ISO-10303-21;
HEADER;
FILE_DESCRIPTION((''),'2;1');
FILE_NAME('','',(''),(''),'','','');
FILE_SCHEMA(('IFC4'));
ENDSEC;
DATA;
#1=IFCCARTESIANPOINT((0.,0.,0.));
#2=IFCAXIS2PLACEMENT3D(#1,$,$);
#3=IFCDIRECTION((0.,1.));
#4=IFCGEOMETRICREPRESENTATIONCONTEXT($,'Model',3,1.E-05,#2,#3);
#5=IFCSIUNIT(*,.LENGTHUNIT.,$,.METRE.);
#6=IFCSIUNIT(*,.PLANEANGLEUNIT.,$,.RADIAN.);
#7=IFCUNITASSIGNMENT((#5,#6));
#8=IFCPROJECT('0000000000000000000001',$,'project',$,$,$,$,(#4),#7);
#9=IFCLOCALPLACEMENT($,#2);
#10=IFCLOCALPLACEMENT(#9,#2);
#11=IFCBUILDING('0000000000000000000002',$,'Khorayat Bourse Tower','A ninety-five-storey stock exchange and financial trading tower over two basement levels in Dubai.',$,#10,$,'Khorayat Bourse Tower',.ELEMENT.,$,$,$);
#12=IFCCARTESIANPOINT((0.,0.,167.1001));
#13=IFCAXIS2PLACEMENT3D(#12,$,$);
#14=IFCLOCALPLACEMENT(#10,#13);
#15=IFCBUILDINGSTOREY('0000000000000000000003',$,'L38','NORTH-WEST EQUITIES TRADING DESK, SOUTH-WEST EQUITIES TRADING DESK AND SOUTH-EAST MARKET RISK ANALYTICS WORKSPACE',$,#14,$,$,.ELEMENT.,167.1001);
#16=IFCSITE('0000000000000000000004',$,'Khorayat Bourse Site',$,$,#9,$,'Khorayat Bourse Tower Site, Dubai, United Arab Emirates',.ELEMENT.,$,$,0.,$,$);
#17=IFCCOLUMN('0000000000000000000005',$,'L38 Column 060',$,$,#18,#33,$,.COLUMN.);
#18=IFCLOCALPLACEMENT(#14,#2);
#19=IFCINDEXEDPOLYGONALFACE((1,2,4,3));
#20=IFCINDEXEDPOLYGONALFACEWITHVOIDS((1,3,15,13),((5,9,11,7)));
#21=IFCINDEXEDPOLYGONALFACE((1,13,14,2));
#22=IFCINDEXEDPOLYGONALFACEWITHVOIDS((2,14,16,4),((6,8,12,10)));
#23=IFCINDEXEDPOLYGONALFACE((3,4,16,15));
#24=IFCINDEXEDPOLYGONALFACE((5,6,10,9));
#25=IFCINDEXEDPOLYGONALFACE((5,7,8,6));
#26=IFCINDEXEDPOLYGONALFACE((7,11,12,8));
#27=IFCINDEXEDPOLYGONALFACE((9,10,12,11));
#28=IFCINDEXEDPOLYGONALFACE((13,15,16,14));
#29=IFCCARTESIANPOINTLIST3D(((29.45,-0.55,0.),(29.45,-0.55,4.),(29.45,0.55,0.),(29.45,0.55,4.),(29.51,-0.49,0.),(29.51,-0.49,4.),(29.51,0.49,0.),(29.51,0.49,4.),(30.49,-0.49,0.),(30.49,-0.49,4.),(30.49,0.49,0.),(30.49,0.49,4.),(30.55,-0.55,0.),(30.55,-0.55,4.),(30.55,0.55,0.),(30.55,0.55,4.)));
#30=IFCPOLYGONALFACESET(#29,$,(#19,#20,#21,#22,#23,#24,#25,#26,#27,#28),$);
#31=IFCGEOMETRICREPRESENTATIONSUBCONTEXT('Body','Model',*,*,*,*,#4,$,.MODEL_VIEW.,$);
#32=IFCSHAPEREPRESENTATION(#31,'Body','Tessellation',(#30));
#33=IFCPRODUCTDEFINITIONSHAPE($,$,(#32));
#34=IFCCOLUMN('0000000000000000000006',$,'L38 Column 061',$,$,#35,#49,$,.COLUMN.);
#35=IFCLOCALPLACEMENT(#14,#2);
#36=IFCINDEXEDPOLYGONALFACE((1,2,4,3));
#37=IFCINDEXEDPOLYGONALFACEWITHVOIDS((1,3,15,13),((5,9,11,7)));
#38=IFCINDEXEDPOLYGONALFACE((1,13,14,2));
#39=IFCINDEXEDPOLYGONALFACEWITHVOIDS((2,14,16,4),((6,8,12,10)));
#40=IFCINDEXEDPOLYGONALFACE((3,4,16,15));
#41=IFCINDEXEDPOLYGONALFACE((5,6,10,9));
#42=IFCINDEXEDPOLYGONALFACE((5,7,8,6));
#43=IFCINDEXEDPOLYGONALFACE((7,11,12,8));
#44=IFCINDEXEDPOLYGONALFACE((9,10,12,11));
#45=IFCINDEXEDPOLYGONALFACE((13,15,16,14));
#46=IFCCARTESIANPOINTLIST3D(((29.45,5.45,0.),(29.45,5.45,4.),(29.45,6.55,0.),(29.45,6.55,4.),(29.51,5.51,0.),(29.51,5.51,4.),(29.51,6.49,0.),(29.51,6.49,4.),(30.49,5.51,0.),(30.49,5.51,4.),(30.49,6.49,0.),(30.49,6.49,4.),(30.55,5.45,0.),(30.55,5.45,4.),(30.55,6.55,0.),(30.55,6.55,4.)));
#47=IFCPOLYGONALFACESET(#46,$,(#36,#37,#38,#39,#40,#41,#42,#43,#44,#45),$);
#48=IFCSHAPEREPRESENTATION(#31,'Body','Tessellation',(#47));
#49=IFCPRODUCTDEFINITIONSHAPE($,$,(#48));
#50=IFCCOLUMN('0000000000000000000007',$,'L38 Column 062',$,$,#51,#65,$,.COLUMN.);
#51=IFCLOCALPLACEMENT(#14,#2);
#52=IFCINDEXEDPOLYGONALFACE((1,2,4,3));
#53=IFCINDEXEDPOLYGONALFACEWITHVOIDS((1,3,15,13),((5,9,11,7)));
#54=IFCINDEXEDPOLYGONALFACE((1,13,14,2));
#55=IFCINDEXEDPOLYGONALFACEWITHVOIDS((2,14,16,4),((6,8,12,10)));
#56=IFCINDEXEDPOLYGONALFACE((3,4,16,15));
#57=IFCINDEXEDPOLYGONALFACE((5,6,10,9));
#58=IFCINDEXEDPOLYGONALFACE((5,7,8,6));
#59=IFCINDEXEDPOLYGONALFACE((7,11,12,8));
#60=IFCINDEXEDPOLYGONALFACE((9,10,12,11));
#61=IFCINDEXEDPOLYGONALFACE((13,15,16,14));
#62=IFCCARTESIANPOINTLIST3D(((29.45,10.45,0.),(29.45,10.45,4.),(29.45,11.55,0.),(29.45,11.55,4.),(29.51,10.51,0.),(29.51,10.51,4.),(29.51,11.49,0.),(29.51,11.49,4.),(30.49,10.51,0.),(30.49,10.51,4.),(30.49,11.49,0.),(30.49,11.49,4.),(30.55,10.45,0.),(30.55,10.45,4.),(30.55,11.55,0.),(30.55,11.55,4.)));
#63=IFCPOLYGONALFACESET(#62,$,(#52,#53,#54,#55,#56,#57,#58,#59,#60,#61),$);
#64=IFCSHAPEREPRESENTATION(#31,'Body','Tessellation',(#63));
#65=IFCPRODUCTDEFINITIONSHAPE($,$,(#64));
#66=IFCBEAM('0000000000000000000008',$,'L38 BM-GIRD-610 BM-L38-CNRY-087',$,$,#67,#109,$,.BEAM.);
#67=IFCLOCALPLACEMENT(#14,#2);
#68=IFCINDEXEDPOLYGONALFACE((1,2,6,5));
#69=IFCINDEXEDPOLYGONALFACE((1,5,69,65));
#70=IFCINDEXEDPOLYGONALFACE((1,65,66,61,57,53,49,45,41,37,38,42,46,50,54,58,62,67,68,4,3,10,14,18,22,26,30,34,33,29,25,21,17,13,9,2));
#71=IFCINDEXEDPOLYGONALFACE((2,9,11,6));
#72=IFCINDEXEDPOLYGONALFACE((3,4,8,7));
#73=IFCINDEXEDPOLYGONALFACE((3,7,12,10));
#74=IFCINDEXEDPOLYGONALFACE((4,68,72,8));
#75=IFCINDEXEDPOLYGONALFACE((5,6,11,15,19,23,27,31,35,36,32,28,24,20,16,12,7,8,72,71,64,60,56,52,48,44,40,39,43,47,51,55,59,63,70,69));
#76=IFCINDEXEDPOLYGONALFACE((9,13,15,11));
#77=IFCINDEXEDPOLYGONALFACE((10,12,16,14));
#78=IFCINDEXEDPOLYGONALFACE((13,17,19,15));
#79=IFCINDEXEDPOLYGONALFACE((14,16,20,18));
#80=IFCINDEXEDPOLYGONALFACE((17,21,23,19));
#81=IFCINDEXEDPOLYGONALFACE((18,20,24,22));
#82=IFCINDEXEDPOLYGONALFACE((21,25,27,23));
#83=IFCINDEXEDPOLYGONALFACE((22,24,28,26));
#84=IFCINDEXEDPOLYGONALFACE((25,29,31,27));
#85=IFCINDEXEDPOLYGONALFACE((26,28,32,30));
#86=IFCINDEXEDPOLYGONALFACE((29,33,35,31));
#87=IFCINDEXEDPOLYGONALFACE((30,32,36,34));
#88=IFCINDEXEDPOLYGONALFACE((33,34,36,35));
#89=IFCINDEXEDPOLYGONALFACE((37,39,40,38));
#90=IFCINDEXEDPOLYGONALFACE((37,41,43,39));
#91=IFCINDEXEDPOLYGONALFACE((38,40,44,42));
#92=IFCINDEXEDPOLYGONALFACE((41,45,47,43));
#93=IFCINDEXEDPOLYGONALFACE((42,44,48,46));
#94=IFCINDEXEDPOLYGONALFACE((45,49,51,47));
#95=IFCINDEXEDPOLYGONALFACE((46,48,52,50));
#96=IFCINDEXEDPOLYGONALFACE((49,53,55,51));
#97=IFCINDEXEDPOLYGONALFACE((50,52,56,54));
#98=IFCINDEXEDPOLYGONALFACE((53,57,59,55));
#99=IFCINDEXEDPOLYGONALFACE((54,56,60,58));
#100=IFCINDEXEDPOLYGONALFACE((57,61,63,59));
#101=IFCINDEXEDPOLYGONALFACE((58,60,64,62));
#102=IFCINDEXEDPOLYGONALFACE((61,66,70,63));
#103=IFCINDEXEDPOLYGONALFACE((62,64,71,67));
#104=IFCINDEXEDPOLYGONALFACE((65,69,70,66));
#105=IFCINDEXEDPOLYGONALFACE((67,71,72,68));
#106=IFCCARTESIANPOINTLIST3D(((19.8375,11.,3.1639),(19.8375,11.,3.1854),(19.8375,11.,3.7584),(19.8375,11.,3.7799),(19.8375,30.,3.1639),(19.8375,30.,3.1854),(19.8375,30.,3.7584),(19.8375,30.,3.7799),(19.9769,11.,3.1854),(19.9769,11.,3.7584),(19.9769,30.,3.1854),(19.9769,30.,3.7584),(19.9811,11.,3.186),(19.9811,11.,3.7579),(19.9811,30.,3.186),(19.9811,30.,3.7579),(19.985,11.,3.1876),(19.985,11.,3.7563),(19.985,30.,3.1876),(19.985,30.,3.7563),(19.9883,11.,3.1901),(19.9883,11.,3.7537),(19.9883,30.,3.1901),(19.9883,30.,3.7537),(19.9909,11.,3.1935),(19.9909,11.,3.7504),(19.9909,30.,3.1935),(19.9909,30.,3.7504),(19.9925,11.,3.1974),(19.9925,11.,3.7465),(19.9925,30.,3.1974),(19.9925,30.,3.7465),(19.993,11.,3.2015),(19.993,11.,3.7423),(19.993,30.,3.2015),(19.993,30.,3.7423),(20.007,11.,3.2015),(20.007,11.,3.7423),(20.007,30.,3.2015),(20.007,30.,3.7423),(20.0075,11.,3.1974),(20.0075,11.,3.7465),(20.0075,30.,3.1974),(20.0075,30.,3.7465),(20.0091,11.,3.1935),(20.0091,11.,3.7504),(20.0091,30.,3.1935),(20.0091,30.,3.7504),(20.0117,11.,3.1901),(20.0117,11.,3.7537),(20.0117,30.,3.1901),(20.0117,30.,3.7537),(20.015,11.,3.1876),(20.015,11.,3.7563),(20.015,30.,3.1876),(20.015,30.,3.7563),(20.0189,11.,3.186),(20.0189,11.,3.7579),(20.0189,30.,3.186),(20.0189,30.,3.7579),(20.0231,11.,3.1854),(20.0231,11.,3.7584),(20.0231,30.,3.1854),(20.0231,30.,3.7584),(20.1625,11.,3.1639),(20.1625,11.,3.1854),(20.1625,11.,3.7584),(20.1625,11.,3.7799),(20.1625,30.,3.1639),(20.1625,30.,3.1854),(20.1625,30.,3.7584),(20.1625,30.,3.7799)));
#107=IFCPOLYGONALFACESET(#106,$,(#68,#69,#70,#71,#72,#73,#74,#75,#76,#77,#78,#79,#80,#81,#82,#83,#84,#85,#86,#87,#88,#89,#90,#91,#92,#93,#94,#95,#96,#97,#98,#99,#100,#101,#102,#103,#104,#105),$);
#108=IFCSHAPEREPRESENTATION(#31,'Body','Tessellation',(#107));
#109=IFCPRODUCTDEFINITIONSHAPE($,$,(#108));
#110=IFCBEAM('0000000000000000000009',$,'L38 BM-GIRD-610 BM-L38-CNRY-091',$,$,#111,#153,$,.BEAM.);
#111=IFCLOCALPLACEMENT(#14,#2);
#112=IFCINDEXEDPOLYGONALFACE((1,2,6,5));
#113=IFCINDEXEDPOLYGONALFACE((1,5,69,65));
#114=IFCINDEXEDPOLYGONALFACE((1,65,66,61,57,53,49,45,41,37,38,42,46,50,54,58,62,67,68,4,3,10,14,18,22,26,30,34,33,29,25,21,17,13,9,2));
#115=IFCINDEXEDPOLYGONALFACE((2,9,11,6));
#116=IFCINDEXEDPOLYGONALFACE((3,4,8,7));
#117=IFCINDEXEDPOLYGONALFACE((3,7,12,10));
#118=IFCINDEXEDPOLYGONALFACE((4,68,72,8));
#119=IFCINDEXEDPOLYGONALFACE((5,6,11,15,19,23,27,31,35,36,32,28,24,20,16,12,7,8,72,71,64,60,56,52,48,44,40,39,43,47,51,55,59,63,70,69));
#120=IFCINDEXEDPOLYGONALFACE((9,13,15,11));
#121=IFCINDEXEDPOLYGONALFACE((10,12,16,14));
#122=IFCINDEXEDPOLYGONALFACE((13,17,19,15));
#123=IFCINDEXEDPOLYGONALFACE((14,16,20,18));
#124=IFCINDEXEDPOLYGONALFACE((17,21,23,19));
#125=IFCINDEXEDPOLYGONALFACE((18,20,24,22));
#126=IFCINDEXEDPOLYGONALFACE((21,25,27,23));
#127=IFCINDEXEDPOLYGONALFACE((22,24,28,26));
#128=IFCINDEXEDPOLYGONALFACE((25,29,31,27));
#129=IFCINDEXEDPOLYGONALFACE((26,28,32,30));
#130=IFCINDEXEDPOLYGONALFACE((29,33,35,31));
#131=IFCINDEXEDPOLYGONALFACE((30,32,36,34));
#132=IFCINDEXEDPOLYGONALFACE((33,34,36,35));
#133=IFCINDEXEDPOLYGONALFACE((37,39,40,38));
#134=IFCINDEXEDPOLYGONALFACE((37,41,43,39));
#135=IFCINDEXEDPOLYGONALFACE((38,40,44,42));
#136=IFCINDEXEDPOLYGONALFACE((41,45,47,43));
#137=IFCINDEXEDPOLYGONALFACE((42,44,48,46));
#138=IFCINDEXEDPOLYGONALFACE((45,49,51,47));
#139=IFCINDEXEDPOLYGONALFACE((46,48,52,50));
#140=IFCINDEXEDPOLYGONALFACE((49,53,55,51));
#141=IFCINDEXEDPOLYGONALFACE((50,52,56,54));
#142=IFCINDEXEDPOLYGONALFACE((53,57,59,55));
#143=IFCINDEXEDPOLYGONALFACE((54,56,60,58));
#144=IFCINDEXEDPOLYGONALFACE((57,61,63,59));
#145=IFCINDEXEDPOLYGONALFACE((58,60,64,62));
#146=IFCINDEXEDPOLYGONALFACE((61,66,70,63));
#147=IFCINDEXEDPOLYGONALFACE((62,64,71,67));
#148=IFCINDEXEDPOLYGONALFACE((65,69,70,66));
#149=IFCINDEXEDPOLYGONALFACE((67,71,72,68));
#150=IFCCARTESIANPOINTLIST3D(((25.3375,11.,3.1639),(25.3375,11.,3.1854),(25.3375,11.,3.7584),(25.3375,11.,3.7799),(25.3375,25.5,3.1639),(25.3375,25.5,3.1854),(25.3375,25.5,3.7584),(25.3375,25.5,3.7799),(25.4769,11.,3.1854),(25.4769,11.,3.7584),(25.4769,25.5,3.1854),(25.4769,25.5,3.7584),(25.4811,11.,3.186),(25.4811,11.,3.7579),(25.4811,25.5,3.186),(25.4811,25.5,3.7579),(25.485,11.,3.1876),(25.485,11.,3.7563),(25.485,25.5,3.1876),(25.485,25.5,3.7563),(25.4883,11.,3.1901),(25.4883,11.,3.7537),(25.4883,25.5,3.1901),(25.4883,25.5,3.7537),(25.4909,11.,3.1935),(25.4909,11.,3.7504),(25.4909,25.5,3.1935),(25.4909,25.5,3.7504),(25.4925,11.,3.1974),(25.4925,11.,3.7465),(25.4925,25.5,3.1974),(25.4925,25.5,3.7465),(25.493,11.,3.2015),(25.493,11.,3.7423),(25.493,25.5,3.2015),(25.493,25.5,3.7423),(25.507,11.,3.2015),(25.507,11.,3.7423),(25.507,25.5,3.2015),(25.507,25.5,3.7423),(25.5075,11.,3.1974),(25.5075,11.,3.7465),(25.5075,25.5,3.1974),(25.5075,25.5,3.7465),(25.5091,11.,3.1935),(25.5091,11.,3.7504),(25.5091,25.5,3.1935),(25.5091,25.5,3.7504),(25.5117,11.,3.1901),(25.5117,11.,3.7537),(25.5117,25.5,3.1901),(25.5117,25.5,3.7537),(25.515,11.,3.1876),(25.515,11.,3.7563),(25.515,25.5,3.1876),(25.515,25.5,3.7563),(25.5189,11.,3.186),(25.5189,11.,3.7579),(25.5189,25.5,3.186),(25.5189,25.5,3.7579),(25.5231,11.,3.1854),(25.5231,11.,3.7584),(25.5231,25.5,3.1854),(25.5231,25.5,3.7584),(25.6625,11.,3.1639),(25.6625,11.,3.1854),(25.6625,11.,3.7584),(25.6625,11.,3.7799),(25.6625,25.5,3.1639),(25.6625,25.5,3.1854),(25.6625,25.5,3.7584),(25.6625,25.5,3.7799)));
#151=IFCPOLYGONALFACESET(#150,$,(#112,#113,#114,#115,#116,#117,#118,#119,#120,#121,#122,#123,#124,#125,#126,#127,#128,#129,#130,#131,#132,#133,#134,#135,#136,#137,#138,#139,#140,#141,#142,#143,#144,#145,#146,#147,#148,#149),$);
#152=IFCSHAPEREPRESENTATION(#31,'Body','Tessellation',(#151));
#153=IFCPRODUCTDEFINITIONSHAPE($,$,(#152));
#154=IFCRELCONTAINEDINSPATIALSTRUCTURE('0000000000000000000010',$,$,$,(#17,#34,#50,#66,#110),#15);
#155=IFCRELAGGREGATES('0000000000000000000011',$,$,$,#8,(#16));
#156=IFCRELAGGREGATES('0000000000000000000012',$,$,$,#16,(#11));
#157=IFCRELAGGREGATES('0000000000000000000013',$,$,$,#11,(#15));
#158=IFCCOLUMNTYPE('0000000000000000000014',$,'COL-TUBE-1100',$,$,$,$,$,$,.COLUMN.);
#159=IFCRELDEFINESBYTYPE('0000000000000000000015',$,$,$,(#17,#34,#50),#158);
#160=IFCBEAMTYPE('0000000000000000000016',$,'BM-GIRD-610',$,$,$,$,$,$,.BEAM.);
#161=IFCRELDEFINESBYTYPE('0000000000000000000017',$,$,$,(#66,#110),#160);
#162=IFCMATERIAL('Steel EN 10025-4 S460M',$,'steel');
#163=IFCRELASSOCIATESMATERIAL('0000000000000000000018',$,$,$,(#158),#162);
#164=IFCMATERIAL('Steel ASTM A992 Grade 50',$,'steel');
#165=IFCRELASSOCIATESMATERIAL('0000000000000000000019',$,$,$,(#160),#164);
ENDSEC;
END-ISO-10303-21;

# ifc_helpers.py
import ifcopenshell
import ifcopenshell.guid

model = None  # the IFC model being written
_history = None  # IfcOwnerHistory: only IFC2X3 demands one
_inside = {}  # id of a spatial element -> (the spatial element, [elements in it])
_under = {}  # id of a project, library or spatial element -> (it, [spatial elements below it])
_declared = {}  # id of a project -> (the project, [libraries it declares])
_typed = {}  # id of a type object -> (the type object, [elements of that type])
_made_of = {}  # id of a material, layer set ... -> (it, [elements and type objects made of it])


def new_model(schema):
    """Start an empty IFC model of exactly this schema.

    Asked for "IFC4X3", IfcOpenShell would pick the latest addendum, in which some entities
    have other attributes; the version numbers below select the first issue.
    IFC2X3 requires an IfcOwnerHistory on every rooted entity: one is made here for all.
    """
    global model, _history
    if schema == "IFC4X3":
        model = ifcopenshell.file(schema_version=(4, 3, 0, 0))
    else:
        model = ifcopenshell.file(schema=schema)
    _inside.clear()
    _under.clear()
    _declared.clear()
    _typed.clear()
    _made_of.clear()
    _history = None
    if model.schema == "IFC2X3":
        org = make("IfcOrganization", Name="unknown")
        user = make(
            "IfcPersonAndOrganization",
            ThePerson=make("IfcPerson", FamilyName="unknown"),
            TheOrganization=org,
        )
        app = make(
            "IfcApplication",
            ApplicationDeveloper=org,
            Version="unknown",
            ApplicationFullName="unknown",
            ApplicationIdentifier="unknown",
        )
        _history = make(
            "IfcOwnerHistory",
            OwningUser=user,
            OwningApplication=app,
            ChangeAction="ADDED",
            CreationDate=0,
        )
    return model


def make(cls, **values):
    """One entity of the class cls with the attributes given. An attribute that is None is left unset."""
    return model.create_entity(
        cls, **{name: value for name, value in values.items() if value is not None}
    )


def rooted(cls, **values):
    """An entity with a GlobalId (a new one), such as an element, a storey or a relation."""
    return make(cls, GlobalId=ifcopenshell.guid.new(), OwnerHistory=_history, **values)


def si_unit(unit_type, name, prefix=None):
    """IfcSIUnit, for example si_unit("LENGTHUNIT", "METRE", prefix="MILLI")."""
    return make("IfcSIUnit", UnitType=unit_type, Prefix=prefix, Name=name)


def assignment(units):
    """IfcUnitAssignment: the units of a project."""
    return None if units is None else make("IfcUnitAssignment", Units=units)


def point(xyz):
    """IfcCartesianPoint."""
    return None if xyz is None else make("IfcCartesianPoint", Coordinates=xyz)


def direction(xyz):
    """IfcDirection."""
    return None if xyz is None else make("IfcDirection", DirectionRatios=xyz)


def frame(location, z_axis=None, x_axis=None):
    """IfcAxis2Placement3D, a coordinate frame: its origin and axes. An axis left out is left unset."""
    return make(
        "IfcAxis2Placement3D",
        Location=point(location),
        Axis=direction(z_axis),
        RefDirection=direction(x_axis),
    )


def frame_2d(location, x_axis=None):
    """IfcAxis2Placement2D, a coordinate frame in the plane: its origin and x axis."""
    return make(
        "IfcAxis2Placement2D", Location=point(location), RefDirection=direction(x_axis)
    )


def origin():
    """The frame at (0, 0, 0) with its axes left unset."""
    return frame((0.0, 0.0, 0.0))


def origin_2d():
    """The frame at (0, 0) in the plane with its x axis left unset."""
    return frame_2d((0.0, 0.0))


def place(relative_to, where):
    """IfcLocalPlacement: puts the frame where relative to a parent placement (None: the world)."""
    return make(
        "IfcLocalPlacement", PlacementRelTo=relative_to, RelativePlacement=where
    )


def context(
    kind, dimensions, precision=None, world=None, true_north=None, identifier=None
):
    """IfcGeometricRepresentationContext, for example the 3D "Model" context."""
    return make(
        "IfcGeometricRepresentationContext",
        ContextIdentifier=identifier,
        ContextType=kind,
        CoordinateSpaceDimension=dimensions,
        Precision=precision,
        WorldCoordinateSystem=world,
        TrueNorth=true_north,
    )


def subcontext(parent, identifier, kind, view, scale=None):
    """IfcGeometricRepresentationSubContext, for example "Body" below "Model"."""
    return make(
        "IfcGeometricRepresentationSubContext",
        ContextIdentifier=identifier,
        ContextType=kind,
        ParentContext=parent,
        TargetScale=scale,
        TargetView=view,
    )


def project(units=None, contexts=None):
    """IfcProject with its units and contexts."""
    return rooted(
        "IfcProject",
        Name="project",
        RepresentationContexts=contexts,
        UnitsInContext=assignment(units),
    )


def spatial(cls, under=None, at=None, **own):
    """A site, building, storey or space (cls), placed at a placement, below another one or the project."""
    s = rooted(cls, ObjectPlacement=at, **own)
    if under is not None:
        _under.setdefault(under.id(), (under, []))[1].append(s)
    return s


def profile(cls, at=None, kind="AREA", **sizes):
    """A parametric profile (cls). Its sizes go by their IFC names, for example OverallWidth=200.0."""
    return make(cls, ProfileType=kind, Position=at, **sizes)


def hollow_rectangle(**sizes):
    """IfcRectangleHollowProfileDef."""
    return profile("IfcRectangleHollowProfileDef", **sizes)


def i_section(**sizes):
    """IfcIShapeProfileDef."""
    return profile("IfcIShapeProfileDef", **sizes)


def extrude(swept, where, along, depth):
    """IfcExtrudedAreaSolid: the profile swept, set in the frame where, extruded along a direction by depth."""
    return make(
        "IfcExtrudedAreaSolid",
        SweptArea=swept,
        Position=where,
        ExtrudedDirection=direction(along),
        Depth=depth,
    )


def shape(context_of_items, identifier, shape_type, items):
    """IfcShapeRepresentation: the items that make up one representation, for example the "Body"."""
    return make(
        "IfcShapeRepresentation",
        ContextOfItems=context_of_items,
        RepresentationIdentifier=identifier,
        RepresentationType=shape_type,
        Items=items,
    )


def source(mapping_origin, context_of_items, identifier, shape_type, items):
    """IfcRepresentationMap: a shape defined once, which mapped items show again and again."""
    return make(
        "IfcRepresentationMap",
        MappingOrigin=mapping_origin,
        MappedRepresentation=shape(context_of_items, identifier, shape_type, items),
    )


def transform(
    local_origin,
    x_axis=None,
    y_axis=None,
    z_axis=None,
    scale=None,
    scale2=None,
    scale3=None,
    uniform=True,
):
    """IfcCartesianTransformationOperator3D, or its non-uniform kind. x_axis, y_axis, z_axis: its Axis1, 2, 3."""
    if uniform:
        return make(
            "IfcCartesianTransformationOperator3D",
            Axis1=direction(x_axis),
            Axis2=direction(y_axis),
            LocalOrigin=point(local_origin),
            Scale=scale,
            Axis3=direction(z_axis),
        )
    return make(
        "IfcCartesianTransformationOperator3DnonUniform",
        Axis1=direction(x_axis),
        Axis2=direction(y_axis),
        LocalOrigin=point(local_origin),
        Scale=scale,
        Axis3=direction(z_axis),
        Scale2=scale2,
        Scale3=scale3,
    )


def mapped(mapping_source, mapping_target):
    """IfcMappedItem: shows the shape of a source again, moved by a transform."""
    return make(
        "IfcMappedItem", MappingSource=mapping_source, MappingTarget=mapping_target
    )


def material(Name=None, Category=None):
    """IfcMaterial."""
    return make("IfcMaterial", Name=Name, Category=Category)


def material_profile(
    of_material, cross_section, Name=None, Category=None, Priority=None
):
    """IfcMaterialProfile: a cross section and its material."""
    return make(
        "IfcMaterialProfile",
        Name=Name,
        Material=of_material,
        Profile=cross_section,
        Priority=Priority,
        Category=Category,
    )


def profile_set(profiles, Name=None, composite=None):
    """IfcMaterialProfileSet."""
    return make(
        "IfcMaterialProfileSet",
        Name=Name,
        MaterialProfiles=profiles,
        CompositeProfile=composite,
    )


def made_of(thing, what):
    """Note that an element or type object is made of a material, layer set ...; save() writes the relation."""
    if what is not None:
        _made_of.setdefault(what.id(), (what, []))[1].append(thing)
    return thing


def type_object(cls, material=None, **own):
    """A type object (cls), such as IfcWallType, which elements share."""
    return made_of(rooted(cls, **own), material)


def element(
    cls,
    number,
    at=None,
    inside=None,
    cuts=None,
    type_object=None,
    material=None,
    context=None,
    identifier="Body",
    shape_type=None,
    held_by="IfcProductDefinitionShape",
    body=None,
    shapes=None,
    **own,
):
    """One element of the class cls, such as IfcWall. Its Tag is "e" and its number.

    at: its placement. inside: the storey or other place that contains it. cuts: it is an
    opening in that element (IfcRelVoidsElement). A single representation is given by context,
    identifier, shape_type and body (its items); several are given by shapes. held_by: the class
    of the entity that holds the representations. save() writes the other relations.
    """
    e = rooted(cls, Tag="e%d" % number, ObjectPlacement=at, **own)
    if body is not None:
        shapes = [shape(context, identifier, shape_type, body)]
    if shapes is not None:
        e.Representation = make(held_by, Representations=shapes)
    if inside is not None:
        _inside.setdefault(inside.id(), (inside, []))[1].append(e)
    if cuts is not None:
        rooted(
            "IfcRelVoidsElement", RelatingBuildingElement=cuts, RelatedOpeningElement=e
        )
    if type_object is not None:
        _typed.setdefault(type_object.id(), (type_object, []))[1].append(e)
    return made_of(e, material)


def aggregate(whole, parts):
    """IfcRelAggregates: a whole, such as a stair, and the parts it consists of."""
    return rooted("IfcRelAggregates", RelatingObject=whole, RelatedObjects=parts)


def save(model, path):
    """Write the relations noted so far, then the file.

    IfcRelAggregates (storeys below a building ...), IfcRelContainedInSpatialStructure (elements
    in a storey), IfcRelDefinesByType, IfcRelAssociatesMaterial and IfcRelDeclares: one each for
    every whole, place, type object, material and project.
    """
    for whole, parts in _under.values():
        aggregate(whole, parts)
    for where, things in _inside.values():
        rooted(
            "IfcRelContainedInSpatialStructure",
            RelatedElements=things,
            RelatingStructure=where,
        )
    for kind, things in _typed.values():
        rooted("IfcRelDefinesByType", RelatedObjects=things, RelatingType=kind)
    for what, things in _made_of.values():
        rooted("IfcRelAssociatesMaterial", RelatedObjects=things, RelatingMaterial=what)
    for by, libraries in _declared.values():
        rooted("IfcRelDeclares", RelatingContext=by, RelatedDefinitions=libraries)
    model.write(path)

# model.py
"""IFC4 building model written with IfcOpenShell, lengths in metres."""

from ifc_helpers import new_model, si_unit, direction, frame, origin, origin_2d, place, context, subcontext, project, spatial, hollow_rectangle, i_section, extrude, source, transform, mapped, material, material_profile, profile_set, type_object, element, save


model = new_model("IFC4")

# Units and contexts
model_context = context("Model", 3, precision=1e-05, world=origin(), true_north=direction((0.0, 1.0)))
body_context = subcontext(model_context, "Body", "Model", "MODEL_VIEW")
ifc_project = project(units=[si_unit("LENGTHUNIT", "METRE"), si_unit("PLANEANGLEUNIT", "RADIAN")], contexts=[model_context])

# Site, building, storey
site_placement = place(None, origin())
site = spatial("IfcSite", under=ifc_project, at=site_placement, Name="Khorayat Bourse Site", LongName="Khorayat Bourse Tower Site, Dubai, United Arab Emirates", CompositionType="ELEMENT", RefElevation=0.0)
building_placement = place(site_placement, origin())
building = spatial("IfcBuilding", under=site, at=building_placement, Name="Khorayat Bourse Tower", Description="A ninety-five-storey stock exchange and financial trading tower over two basement levels in Dubai.", LongName="Khorayat Bourse Tower", CompositionType="ELEMENT")
storey_placement = place(building_placement, frame((0.0, 0.0, 167.1001)))
storey = spatial("IfcBuildingStorey", under=building, at=storey_placement, Name="L38", Description="NORTH-WEST EQUITIES TRADING DESK, SOUTH-WEST EQUITIES TRADING DESK AND SOUTH-EAST MARKET RISK ANALYTICS WORKSPACE", CompositionType="ELEMENT", Elevation=167.1001)

# Columns
ifc_material_1 = material(Name="Steel EN 10025-4 S460M", Category="steel")
ifc_material_profile_1 = material_profile(ifc_material_1, hollow_rectangle(XDim=1.1001, YDim=1.1001, WallThickness=0.0601, at=origin_2d()), Name="BOX 1100x1100x60")
ifc_profile_set_1 = profile_set([ifc_material_profile_1], Name="Steel EN 10025-4 S460M")
column_type = type_object("IfcColumnType", Name="COL-TUBE-1100", PredefinedType="COLUMN", material=ifc_profile_set_1)
shared_shape_1 = source(origin(), body_context, "Body", "SweptSolid", [
    extrude(hollow_rectangle(XDim=1.1001, YDim=1.1001, WallThickness=0.0601, at=origin_2d()), origin(), (0.0, 0.0, 1.0), 4.0),
])
for number, where, z_axis, x_axis, name in (
    (1, (30.0, 0.0, 0.0), (0.0, 0.0, 1.0), (1.0, 0.0, 0.0), "L38 Column 060"),
    (2, (30.0, 6.0, 0.0), (0.0, 0.0, 1.0), (1.0, 0.0, 0.0), "L38 Column 061"),
    (3, (30.0, 11.0, 0.0), (0.0, 0.0, 1.0), (1.0, 0.0, 0.0), "L38 Column 062"),
):
    element("IfcColumn", number, at=place(storey_placement, frame(where, z_axis=z_axis, x_axis=x_axis)), inside=storey, type_object=column_type, Name=name, PredefinedType="COLUMN", context=body_context, shape_type="MappedRepresentation", body=[
        mapped(shared_shape_1, transform((0.0, 0.0, 0.0), scale=1.0)),
    ])

# Beams
ifc_material_2 = material(Name="Steel ASTM A992 Grade 50", Category="steel")
ifc_material_profile_2 = material_profile(ifc_material_2, i_section(OverallWidth=0.325, OverallDepth=0.616, WebThickness=0.0139, FlangeThickness=0.0215, FilletRadius=0.0161, at=origin_2d()), Name="W610X174")
ifc_profile_set_2 = profile_set([ifc_material_profile_2], Name="Steel ASTM A992 Grade 50")
beam_type_1 = type_object("IfcBeamType", Name="BM-GIRD-610", PredefinedType="BEAM", material=ifc_profile_set_2)
shared_shape_2 = source(origin(), body_context, "Body", "SweptSolid", [
    extrude(i_section(OverallWidth=0.325, OverallDepth=0.616, WebThickness=0.0139, FlangeThickness=0.0215, FilletRadius=0.0161, at=origin_2d()), origin(), (0.0, 0.0, 1.0), 19.0),
])
beam_1_placement = place(storey_placement, frame((20.0, 11.0, 3.4719), z_axis=(0.0, 1.0, 0.0), x_axis=(-1.0, 0.0, 0.0)))
element("IfcBeam", 4, at=beam_1_placement, inside=storey, type_object=beam_type_1, Name="L38 BM-GIRD-610 BM-L38-CNRY-087", PredefinedType="BEAM", context=body_context, shape_type="MappedRepresentation", body=[
    mapped(shared_shape_2, transform((0.0, 0.0, 0.0), scale=1.0)),
])
shared_shape_3 = source(origin(), body_context, "Body", "SweptSolid", [
    extrude(i_section(OverallWidth=0.325, OverallDepth=0.616, WebThickness=0.0139, FlangeThickness=0.0215, FilletRadius=0.0161, at=origin_2d()), origin(), (0.0, 0.0, 1.0), 14.5),
])
beam_2_placement = place(storey_placement, frame((25.5, 11.0, 3.4719), z_axis=(0.0, 1.0, 0.0), x_axis=(-1.0, 0.0, 0.0)))
element("IfcBeam", 5, at=beam_2_placement, inside=storey, type_object=beam_type_1, Name="L38 BM-GIRD-610 BM-L38-CNRY-091", PredefinedType="BEAM", context=body_context, shape_type="MappedRepresentation", body=[
    mapped(shared_shape_3, transform((0.0, 0.0, 0.0), scale=1.0)),
])

save(model, "model.ifc")
